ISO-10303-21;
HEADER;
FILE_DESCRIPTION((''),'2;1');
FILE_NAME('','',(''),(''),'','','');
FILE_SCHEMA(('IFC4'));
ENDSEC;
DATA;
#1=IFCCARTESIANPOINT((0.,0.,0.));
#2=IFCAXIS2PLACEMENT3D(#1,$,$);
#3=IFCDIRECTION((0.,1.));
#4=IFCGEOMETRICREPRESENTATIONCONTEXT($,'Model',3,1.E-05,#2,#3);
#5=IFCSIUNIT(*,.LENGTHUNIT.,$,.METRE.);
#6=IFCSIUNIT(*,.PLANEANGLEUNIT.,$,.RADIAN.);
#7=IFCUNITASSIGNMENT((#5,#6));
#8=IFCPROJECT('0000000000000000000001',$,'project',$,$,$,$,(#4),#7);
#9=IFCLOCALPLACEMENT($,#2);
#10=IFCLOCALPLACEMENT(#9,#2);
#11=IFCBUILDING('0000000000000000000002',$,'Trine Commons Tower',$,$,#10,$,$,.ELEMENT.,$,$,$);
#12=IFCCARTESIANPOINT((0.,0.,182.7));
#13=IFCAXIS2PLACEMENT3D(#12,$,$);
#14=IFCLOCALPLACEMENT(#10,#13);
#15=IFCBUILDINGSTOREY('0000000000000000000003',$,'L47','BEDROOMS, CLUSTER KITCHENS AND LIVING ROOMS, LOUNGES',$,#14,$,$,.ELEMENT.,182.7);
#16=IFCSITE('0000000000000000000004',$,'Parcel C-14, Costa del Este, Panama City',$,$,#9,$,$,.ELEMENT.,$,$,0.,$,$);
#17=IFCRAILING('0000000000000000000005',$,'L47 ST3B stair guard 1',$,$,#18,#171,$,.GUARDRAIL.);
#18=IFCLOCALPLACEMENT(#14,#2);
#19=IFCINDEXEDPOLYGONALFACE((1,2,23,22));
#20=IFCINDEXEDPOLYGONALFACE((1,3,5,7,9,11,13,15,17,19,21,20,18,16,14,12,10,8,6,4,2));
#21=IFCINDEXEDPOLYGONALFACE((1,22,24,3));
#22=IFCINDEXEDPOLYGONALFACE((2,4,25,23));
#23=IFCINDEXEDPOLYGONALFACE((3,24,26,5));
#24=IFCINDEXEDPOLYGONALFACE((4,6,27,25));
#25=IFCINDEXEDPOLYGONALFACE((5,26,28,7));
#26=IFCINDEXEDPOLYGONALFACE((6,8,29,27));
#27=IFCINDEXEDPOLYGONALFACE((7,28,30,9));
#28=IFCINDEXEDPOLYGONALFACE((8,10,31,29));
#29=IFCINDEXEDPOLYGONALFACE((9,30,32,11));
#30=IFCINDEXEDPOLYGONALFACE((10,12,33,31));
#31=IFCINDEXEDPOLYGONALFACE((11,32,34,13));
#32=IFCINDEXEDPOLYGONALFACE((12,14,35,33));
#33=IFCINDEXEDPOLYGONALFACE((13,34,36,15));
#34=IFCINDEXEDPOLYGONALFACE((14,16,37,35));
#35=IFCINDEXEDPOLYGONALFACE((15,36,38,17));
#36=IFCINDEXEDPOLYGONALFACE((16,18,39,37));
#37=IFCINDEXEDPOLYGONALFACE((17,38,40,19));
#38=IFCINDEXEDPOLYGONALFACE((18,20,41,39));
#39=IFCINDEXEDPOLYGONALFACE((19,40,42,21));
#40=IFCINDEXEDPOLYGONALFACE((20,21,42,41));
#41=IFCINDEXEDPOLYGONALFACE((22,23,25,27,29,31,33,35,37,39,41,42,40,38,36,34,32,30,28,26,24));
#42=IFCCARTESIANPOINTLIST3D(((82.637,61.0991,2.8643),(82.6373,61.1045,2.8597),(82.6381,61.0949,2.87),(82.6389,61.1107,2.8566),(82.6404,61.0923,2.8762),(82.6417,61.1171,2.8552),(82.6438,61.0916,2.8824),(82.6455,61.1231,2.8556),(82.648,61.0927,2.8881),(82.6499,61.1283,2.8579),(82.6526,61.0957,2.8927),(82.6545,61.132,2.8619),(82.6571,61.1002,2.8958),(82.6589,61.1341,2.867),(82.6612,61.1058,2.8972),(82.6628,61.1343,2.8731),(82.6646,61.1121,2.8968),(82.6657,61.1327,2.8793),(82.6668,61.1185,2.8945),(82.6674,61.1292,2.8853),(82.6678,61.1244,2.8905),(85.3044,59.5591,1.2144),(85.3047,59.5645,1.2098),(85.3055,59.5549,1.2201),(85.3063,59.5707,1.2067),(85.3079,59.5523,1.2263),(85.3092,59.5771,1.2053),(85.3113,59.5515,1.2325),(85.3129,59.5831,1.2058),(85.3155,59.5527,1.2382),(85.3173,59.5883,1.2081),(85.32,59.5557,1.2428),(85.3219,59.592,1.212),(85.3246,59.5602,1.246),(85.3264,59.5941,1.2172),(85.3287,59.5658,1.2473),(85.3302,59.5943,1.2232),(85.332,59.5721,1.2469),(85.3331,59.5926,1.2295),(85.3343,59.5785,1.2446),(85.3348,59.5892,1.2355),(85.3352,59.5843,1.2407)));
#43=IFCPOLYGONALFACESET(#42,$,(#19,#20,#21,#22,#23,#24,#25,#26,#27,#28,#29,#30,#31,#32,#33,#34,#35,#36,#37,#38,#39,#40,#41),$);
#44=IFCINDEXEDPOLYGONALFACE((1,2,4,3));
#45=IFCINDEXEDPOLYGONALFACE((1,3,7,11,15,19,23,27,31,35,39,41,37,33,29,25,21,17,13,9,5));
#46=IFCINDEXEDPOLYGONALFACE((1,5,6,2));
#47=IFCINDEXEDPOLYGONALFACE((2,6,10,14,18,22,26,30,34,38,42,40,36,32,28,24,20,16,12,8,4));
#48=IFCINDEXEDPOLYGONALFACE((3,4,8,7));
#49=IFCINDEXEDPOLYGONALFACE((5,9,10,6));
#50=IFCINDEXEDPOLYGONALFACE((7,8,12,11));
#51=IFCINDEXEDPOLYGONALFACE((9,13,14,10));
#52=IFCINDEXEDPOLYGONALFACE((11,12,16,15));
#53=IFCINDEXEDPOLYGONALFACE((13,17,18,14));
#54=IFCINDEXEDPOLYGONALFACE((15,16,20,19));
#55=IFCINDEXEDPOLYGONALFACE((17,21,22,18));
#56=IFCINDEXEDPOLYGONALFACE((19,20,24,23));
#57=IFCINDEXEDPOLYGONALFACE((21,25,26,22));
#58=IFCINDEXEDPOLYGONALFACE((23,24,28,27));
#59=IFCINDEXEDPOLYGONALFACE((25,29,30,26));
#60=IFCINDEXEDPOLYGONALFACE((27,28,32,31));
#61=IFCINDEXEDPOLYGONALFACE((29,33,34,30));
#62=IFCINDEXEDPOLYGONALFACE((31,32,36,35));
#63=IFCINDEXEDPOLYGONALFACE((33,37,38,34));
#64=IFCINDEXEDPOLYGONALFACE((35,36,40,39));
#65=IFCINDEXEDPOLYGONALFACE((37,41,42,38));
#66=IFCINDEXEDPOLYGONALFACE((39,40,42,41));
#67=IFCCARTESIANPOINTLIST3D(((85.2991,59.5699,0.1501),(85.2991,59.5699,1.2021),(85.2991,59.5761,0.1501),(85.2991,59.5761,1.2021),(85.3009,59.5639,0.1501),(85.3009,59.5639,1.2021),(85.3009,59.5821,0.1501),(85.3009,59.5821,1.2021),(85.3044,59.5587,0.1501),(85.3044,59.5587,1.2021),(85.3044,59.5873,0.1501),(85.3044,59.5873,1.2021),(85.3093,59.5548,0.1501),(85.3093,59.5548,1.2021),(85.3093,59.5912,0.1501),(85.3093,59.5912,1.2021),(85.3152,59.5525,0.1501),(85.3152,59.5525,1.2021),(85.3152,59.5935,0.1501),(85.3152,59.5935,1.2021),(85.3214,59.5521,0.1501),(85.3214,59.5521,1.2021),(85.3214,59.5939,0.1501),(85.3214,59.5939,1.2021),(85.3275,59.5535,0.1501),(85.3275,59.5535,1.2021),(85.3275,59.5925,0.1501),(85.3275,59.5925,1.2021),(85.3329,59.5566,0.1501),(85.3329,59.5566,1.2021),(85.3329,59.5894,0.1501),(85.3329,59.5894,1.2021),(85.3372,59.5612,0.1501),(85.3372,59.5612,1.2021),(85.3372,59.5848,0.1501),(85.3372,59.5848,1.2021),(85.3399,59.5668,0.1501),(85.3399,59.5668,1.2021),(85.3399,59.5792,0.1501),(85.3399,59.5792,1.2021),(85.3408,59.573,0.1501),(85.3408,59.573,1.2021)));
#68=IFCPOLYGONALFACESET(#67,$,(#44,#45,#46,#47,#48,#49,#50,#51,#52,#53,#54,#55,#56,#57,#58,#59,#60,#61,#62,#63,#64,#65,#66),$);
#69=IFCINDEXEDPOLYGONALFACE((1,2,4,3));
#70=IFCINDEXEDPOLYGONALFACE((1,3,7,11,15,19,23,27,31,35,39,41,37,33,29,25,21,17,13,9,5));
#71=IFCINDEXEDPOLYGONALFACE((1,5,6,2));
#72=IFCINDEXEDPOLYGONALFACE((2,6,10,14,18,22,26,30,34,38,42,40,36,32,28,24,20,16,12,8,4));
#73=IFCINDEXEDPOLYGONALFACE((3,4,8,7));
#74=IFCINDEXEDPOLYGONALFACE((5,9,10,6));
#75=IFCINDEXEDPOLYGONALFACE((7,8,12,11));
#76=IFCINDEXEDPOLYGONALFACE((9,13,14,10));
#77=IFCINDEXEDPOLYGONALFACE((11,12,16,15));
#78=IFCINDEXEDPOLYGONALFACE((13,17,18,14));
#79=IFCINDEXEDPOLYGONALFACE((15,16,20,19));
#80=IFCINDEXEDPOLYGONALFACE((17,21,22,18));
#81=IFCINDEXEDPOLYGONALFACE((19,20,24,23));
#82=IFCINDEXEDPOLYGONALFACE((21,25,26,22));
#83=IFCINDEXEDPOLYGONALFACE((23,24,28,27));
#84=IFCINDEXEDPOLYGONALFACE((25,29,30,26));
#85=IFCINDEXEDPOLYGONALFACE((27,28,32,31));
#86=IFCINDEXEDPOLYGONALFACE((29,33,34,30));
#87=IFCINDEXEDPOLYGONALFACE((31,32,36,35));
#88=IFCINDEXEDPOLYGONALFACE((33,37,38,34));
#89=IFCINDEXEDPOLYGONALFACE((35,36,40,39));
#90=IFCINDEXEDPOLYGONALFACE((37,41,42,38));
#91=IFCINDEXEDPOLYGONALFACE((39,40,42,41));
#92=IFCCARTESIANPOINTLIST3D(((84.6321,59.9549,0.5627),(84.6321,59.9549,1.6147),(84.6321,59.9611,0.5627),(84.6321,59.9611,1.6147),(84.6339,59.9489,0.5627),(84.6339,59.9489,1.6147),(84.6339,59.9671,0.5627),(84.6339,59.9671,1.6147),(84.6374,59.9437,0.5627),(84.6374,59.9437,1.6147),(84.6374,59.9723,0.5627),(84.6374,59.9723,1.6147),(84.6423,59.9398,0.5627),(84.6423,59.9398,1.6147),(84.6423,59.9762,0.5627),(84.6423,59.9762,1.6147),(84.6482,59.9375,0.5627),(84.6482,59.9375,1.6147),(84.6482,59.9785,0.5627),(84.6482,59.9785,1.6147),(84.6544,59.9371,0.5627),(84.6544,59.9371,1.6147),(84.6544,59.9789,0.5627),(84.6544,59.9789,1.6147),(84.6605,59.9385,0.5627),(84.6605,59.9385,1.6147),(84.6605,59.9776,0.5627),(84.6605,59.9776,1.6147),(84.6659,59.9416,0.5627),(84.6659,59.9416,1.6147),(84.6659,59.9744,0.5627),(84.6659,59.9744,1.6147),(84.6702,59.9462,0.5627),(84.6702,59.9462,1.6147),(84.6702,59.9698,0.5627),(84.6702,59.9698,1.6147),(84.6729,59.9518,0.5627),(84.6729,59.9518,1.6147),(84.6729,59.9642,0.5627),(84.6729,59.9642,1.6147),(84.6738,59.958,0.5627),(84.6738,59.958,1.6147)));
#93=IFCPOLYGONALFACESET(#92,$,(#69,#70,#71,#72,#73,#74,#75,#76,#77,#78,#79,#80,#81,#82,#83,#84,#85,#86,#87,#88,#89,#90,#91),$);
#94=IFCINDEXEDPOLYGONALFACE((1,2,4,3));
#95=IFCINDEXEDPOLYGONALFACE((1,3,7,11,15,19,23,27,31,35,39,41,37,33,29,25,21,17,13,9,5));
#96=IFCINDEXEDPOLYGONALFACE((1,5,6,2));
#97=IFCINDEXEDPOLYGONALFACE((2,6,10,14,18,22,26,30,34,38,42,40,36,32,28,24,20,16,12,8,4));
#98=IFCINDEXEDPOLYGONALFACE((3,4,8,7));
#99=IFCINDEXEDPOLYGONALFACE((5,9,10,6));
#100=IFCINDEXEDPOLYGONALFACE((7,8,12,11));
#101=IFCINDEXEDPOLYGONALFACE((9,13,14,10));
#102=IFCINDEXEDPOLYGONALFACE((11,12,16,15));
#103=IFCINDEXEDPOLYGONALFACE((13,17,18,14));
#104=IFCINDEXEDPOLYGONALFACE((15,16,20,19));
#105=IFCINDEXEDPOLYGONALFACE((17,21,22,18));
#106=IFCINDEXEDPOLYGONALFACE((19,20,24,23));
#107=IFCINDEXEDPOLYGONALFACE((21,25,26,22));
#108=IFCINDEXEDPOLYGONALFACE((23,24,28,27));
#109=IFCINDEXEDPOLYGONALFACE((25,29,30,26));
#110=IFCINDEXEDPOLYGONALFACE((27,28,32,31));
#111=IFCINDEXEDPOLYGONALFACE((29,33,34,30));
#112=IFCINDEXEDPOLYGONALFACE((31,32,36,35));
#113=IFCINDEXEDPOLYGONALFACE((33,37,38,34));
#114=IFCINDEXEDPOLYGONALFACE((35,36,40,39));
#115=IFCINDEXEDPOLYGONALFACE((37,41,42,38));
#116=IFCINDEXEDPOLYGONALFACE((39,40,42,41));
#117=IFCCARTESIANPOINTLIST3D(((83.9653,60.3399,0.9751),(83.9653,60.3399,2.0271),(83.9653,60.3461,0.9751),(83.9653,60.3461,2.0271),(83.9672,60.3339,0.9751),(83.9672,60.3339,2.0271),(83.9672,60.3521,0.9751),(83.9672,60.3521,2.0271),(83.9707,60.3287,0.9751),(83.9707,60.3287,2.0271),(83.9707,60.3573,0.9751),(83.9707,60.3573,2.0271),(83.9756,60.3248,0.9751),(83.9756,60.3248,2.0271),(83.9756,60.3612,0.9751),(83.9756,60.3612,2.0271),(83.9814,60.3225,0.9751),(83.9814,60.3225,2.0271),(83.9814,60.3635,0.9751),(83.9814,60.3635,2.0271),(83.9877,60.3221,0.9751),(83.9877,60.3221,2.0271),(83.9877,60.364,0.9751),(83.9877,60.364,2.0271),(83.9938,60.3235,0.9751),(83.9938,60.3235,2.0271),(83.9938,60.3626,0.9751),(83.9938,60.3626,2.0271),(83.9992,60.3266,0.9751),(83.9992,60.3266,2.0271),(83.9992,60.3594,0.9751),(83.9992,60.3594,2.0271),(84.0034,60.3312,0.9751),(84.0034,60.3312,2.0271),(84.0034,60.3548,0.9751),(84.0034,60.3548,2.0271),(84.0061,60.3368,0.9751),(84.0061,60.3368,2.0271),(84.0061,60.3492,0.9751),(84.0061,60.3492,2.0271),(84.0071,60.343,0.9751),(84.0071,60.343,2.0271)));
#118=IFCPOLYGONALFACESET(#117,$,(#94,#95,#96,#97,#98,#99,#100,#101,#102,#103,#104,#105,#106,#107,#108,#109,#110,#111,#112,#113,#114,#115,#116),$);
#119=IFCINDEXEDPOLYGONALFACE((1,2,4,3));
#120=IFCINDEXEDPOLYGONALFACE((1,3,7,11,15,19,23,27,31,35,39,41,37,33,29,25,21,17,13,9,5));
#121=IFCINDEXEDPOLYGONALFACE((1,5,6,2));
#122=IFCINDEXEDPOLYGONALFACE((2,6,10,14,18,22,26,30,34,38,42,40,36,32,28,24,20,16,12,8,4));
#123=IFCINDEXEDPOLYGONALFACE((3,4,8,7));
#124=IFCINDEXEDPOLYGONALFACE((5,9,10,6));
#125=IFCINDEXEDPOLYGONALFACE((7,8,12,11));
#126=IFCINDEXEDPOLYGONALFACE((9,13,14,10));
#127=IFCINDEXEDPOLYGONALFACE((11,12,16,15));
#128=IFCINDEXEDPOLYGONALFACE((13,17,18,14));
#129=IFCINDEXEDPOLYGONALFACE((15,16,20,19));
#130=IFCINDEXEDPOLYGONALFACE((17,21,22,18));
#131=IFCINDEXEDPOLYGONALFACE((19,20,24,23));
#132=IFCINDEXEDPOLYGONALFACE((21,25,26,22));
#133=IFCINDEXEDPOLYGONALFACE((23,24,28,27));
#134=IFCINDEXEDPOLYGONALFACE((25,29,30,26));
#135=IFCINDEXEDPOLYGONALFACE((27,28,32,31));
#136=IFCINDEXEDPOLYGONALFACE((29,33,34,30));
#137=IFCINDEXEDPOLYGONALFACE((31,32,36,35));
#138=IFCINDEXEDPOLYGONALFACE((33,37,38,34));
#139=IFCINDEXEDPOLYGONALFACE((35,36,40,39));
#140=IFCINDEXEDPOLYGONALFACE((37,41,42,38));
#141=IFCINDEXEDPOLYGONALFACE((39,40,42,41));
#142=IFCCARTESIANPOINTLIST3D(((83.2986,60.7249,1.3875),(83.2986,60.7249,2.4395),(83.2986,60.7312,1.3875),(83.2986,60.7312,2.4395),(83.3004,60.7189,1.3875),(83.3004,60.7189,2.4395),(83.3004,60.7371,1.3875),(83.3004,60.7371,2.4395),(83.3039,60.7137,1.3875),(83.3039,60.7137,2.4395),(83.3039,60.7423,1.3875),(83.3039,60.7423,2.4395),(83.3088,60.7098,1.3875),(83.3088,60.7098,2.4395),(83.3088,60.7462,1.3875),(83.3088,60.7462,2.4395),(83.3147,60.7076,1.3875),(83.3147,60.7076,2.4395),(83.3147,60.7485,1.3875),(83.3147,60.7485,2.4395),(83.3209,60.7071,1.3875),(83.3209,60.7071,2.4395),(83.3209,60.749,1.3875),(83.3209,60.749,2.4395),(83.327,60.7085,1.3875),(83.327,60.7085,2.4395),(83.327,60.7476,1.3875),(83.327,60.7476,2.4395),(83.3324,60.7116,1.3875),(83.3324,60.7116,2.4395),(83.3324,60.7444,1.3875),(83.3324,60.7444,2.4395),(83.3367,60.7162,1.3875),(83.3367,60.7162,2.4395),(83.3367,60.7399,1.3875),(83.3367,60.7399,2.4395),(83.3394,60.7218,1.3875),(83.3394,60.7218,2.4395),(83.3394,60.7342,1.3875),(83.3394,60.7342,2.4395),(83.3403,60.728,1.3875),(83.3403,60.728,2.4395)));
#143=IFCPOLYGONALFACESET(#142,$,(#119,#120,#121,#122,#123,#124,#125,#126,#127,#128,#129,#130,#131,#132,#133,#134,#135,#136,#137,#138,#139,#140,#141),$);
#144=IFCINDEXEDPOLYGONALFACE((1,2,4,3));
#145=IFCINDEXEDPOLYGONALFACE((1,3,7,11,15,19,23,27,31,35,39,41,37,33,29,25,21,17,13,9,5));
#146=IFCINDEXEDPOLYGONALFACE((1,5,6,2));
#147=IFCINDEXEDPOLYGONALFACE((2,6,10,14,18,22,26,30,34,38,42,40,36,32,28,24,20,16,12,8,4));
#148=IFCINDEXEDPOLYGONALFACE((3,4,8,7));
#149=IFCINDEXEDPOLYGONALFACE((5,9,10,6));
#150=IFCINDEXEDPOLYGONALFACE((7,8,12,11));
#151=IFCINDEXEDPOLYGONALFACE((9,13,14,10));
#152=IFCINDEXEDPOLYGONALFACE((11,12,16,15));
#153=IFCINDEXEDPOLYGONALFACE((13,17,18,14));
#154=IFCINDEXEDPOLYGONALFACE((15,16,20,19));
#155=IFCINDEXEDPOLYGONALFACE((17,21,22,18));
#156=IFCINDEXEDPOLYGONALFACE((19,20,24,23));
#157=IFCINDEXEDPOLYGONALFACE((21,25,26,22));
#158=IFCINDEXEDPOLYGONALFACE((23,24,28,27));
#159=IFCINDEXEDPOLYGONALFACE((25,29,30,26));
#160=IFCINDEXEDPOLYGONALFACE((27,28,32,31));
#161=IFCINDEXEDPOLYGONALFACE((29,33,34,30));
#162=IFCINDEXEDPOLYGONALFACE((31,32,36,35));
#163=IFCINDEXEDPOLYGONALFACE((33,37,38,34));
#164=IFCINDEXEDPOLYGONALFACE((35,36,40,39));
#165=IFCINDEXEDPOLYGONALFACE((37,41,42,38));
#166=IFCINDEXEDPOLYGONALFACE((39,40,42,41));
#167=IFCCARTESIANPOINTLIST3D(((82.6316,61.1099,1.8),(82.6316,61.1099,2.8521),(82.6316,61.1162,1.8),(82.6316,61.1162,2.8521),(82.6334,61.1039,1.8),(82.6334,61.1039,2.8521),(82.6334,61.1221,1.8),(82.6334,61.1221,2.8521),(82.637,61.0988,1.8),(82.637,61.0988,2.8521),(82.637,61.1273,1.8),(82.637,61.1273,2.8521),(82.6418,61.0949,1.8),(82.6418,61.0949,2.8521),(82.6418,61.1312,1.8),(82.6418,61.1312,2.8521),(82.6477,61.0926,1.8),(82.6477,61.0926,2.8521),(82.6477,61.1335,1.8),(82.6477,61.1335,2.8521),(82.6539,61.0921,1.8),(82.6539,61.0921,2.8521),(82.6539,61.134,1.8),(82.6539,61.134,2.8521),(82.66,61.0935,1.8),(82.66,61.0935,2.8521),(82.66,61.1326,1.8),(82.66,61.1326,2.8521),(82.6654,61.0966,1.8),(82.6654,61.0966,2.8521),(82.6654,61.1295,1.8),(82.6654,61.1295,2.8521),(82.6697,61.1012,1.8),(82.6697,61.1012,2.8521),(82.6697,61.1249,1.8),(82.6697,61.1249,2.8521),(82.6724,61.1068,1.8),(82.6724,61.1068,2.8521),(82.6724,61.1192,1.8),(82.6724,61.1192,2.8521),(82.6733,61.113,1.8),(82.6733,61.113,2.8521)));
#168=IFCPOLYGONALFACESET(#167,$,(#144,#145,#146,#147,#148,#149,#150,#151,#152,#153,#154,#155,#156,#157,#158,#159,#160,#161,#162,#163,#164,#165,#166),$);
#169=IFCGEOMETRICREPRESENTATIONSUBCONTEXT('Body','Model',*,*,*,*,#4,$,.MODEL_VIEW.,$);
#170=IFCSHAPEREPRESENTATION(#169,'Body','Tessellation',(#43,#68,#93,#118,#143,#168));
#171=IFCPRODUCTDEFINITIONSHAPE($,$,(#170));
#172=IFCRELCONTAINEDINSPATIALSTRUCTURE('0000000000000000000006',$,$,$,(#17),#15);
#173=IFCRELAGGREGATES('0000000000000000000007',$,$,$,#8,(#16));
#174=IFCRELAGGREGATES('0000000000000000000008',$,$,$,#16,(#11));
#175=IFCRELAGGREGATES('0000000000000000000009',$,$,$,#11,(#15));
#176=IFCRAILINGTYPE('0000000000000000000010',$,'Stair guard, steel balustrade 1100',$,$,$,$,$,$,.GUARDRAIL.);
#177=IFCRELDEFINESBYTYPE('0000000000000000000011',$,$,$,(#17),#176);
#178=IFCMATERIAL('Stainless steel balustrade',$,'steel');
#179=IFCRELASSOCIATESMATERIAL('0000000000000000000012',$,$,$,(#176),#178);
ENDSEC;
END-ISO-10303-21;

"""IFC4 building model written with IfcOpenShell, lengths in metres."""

from ifc_helpers import new_model, si_unit, direction, frame, origin, origin_2d, place, context, subcontext, project, spatial, circle, extrude, material, type_object, element, save


model = new_model("IFC4")

# Units and contexts
model_context = context("Model", 3, precision=1e-05, world=origin(), true_north=direction((0.0, 1.0)))
body_context = subcontext(model_context, "Body", "Model", "MODEL_VIEW")
ifc_project = project(units=[si_unit("LENGTHUNIT", "METRE"), si_unit("PLANEANGLEUNIT", "RADIAN")], contexts=[model_context])

# Site, building, storey
site_placement = place(None, origin())
site = spatial("IfcSite", under=ifc_project, at=site_placement, Name="Parcel C-14, Costa del Este, Panama City", CompositionType="ELEMENT", RefElevation=0.0)
building_placement = place(site_placement, origin())
building = spatial("IfcBuilding", under=site, at=building_placement, Name="Trine Commons Tower", CompositionType="ELEMENT")
storey_placement = place(building_placement, frame((0.0, 0.0, 182.7)))
storey = spatial("IfcBuildingStorey", under=building, at=storey_placement, Name="L47", Description="BEDROOMS, CLUSTER KITCHENS AND LIVING ROOMS, LOUNGES", CompositionType="ELEMENT", Elevation=182.7)

# Railing
ifc_material_1 = material(Name="Stainless steel balustrade", Category="steel")
railing_type_1 = type_object("IfcRailingType", Name="Stair guard, steel balustrade 1100", PredefinedType="GUARDRAIL", material=ifc_material_1)
railing_1_placement = place(storey_placement, frame((85.3198, 59.573, 0.1501)))
element("IfcRailing", 1, at=railing_1_placement, inside=storey, type_object=railing_type_1, Name="L47 ST3B stair guard 1", PredefinedType="GUARDRAIL", context=body_context, shape_type="SweptSolid", body=[
    extrude(circle(Radius=0.0239, at=origin_2d()), frame((0.0, 0.0, 1.0762), z_axis=(-0.763405, 0.440743, 0.472185), x_axis=(-0.499992, -0.86603, 0.0)), (0.0, 0.0, 1.0), 3.4941),
    extrude(circle(Radius=0.021, at=origin_2d()), origin(), (0.0, 0.0, 1.0), 1.052),
    extrude(circle(Radius=0.021, at=origin_2d()), frame((-0.667, 0.385, 0.4126)), (0.0, 0.0, 1.0), 1.052),
    extrude(circle(Radius=0.021, at=origin_2d()), frame((-1.3337, 0.77, 0.825)), (0.0, 0.0, 1.0), 1.052),
    extrude(circle(Radius=0.021, at=origin_2d()), frame((-2.0005, 1.155, 1.2373)), (0.0, 0.0, 1.0), 1.052),
    extrude(circle(Radius=0.021, at=origin_2d()), frame((-2.6675, 1.54, 1.6499)), (0.0, 0.0, 1.0), 1.052),
])

save(model, "model.ifc")
